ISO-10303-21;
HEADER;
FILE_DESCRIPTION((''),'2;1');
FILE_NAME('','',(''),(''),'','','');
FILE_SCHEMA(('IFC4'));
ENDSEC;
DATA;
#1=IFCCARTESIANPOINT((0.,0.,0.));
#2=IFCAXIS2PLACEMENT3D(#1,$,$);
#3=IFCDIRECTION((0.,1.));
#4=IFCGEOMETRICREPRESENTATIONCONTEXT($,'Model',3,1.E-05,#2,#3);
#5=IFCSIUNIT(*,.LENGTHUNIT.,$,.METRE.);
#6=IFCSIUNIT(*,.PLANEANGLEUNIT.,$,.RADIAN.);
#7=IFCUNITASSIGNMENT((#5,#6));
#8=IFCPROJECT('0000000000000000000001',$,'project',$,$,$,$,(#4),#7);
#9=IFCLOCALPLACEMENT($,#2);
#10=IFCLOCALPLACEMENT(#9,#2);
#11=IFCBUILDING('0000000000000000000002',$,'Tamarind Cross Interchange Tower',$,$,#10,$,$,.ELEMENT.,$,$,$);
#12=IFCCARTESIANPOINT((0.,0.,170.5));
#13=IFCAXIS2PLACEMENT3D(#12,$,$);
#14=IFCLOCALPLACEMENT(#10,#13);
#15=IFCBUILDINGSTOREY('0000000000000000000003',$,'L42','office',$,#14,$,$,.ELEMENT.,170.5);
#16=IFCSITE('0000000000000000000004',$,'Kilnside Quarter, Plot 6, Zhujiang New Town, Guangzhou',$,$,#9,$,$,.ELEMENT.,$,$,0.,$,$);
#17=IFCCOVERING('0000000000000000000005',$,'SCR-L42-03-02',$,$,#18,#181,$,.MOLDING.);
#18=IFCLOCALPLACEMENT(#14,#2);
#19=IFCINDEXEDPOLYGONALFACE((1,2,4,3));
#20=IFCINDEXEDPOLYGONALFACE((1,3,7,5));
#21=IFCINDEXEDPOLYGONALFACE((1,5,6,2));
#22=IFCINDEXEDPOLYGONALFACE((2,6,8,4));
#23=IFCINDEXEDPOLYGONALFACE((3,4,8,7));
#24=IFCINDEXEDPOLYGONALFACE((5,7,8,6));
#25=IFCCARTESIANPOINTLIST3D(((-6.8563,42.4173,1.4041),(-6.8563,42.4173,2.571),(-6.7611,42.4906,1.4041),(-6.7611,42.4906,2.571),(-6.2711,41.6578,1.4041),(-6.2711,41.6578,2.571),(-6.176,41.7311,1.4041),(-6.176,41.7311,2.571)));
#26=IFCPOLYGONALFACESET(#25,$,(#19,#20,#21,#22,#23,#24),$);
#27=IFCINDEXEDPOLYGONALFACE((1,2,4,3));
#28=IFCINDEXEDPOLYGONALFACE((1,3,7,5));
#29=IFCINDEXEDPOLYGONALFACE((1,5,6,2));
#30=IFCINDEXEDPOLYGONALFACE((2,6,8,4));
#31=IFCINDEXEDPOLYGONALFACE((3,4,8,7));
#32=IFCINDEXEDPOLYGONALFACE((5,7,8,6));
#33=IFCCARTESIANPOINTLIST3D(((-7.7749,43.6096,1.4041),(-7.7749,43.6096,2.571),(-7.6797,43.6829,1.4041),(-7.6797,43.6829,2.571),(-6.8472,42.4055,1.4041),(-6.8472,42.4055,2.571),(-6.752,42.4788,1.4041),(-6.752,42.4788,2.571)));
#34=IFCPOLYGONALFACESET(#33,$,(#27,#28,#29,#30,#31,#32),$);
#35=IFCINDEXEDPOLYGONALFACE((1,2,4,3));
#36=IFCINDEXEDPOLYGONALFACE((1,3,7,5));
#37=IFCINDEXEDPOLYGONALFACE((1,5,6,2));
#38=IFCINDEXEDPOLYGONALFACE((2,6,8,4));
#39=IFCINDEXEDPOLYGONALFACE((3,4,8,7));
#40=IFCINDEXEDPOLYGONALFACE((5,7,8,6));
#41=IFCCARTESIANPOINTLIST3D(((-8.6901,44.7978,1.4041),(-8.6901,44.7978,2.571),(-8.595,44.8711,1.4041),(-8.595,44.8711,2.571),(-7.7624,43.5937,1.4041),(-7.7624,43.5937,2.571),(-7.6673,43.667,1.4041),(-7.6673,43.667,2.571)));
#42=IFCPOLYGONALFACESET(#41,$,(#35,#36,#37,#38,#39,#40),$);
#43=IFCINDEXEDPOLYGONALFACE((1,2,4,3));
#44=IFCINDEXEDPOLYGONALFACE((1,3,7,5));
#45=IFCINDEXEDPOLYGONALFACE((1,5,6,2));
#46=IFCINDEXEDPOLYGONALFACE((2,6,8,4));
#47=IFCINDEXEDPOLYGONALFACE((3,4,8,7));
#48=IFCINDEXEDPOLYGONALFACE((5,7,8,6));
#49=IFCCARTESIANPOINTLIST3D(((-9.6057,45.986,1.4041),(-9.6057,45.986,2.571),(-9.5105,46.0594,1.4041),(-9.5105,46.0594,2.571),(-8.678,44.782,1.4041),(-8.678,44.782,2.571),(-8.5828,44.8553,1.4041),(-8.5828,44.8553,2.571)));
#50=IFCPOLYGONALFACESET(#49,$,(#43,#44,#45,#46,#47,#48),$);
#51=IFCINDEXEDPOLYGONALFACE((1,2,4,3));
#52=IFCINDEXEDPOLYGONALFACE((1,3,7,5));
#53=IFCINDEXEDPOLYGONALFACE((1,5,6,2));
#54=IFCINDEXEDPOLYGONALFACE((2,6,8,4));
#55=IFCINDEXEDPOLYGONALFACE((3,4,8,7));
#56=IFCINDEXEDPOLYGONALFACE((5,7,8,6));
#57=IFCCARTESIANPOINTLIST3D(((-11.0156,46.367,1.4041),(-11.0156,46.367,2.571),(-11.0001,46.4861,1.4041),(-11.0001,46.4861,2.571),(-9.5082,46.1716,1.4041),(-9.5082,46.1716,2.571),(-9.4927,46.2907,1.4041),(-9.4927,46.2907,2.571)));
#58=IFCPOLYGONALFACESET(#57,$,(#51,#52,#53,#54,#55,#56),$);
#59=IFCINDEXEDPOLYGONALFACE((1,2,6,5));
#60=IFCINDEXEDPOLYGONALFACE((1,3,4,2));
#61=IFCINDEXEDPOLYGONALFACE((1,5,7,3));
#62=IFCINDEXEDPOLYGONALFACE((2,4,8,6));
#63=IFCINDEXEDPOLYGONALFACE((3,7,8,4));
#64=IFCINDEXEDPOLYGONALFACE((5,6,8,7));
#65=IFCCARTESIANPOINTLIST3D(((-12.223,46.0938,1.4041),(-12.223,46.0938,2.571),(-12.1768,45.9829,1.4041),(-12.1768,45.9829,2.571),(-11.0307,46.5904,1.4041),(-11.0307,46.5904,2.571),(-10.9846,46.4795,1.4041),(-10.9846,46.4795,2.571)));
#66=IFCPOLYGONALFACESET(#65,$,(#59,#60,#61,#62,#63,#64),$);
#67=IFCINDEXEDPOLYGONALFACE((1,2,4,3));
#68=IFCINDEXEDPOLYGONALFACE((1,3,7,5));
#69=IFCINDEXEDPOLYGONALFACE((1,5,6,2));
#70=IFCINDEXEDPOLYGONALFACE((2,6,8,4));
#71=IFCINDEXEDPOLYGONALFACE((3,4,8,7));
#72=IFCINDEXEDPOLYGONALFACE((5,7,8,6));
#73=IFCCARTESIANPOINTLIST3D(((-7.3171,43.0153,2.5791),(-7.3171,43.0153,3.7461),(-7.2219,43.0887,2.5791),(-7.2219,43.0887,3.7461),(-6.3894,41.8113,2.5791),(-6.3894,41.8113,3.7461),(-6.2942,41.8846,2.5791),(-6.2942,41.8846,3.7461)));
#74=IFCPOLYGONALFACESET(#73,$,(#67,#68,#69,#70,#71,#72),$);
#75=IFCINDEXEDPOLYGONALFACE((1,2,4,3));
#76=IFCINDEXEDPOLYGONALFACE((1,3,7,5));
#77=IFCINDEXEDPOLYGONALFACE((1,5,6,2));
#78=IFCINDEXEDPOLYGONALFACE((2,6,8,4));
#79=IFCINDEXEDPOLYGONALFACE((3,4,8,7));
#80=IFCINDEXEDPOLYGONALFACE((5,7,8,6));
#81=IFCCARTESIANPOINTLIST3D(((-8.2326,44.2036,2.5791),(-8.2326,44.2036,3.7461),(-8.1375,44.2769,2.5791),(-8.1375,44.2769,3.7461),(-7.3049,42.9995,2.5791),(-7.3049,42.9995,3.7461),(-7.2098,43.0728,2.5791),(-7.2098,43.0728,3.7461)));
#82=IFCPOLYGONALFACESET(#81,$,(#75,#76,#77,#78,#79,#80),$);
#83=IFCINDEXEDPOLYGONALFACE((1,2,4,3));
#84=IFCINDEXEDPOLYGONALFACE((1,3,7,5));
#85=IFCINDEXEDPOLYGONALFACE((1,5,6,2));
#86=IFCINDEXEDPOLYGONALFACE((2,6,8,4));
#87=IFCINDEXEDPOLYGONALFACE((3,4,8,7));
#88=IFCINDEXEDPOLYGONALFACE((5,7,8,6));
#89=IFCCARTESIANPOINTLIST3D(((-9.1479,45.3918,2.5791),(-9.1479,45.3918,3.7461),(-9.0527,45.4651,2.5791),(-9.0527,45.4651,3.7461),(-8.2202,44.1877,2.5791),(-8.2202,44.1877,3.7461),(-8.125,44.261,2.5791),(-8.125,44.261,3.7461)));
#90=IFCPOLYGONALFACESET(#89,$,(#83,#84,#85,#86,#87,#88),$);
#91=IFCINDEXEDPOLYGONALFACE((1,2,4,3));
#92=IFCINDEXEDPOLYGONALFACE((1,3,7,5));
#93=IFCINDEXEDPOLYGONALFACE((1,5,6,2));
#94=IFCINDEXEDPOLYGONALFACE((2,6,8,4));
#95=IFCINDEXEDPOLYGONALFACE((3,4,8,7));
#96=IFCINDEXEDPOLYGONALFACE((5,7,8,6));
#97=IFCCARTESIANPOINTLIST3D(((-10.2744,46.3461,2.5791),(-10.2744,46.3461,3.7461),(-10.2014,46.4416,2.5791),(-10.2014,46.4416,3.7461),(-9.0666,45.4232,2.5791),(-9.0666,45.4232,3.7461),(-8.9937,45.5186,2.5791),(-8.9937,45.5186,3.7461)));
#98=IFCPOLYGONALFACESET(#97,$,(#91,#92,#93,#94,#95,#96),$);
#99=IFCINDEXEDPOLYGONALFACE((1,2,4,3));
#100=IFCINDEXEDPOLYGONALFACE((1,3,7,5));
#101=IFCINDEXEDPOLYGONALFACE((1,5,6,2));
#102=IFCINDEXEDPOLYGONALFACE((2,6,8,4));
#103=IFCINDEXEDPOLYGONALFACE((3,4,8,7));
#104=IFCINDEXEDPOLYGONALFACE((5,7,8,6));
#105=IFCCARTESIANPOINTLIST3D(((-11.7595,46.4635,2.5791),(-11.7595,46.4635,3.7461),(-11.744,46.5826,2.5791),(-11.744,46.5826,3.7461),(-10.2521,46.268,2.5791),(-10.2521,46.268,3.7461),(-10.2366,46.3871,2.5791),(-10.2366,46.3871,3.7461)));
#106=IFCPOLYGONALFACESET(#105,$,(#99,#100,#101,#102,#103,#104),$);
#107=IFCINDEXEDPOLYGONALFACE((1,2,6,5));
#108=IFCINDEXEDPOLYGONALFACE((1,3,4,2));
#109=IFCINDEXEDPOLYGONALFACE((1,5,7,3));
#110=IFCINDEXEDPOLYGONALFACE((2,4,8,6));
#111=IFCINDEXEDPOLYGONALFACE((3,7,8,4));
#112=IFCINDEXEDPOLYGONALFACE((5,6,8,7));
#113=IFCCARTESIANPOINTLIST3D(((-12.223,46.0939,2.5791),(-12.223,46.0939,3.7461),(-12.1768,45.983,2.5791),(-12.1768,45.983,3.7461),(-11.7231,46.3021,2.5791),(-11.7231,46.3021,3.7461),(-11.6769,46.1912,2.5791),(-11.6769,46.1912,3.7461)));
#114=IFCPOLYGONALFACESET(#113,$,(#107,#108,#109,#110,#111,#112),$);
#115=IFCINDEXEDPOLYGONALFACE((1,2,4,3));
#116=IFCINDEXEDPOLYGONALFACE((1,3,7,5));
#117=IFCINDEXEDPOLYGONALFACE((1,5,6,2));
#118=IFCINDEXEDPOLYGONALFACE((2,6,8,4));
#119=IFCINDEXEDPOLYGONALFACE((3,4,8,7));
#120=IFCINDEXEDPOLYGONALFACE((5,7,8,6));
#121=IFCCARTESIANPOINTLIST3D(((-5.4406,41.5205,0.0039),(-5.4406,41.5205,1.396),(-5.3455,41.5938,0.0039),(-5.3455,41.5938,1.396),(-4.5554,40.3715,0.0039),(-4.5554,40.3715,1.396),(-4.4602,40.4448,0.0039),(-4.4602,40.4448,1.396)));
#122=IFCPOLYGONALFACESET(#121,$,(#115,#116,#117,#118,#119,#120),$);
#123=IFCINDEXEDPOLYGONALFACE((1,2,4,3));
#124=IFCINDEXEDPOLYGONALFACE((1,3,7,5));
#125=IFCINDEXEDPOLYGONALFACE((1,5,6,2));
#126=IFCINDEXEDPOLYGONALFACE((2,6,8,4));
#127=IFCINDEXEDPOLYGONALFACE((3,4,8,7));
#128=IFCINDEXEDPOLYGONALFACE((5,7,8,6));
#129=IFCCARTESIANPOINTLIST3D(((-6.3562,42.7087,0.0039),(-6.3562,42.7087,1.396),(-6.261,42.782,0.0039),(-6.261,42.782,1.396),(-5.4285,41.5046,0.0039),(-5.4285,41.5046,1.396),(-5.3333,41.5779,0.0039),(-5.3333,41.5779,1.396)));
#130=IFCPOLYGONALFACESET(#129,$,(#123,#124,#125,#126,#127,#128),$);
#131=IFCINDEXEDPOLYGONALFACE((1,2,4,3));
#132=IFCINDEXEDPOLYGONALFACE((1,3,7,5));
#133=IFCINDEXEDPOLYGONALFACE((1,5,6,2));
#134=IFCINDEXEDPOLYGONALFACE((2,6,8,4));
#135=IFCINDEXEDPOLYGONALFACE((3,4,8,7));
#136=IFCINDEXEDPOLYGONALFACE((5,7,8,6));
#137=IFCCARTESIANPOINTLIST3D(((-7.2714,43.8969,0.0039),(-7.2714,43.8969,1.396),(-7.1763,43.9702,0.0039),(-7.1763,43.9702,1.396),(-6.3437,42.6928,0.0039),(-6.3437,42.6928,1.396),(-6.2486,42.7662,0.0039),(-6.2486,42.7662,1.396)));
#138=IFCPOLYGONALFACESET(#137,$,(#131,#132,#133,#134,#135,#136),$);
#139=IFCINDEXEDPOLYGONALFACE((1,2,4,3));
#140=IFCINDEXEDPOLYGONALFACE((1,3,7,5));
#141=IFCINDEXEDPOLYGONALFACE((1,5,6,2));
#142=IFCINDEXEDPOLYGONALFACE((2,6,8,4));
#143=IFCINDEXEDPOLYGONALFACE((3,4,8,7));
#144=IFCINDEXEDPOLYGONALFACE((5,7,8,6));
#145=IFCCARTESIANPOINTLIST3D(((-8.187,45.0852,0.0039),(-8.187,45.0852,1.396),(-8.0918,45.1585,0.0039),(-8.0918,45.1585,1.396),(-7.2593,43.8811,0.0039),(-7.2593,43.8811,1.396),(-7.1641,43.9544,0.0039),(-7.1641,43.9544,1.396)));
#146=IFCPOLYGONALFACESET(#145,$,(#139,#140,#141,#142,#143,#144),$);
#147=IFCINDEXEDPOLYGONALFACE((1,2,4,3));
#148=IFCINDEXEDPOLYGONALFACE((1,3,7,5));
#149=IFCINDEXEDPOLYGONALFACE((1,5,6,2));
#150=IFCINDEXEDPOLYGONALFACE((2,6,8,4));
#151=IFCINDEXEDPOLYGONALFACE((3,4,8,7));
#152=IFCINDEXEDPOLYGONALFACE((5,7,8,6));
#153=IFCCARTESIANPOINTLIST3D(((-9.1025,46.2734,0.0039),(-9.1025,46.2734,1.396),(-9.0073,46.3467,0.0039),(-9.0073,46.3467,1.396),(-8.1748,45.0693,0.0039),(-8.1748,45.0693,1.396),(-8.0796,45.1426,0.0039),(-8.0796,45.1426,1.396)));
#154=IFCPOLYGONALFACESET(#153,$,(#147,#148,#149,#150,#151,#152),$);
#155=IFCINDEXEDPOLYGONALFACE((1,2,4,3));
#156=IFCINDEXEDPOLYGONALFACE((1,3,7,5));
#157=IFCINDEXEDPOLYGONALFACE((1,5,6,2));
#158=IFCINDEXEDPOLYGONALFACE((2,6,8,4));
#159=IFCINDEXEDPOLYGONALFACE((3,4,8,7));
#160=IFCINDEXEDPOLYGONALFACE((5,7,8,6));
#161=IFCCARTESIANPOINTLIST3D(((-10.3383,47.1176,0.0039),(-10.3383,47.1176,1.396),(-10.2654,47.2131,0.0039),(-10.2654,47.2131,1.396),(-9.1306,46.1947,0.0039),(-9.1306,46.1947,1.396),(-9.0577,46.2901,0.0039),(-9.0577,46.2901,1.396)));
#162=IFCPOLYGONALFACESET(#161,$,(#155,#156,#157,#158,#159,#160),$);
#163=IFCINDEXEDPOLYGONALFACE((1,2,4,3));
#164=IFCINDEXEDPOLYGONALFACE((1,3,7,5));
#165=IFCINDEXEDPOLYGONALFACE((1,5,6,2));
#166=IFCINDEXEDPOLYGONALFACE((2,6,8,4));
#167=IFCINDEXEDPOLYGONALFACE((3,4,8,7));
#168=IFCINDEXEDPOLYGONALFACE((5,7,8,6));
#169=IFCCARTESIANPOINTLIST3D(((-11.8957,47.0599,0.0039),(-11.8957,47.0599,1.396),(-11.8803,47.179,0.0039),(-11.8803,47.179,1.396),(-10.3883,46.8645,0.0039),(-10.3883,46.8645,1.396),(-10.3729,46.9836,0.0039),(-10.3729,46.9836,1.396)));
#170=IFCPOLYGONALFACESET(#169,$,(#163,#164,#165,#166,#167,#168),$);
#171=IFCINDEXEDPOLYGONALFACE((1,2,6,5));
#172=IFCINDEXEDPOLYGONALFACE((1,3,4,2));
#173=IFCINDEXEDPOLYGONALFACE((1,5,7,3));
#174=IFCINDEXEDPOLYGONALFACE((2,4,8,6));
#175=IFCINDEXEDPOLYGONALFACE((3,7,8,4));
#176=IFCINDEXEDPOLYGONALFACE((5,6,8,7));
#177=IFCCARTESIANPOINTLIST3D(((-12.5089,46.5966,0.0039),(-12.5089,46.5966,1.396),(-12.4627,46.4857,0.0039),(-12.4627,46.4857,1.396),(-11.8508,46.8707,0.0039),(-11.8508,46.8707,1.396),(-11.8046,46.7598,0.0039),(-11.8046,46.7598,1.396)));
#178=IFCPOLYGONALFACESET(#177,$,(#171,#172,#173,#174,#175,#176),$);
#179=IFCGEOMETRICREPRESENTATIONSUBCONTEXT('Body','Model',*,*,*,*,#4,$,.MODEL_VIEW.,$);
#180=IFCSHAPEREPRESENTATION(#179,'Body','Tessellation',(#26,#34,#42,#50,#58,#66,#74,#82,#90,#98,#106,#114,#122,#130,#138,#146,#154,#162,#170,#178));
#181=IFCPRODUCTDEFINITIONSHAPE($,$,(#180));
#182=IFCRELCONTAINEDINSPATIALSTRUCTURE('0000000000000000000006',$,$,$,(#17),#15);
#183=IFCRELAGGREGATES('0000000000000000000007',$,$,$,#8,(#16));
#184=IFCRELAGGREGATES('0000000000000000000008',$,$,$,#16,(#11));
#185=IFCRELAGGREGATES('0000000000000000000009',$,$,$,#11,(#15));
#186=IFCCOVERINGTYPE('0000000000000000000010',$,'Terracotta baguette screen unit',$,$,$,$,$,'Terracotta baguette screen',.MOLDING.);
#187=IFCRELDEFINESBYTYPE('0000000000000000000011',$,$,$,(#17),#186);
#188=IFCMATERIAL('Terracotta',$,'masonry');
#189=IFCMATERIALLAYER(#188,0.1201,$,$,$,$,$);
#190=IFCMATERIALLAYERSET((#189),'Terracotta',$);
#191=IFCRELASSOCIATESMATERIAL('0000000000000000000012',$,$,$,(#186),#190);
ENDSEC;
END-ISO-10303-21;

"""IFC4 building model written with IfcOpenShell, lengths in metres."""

from ifc_helpers import new_model, si_unit, direction, frame, origin, origin_2d, place, context, subcontext, project, spatial, rectangle, extrude, material, layer, layer_set, type_object, element, save


model = new_model("IFC4")

# Units and contexts
model_context = context("Model", 3, precision=1e-05, world=origin(), true_north=direction((0.0, 1.0)))
body_context = subcontext(model_context, "Body", "Model", "MODEL_VIEW")
ifc_project = project(units=[si_unit("LENGTHUNIT", "METRE"), si_unit("PLANEANGLEUNIT", "RADIAN")], contexts=[model_context])

# Site, building, storey
site_placement = place(None, origin())
site = spatial("IfcSite", under=ifc_project, at=site_placement, Name="Kilnside Quarter, Plot 6, Zhujiang New Town, Guangzhou", CompositionType="ELEMENT", RefElevation=0.0)
building_placement = place(site_placement, origin())
building = spatial("IfcBuilding", under=site, at=building_placement, Name="Tamarind Cross Interchange Tower", CompositionType="ELEMENT")
storey_placement = place(building_placement, frame((0.0, 0.0, 170.5)))
storey = spatial("IfcBuildingStorey", under=building, at=storey_placement, Name="L42", Description="office", CompositionType="ELEMENT", Elevation=170.5)

# Covering
ifc_material_1 = material(Name="Terracotta", Category="masonry")
ifc_layer_1 = layer(ifc_material_1, 0.1201)
ifc_layer_set_1 = layer_set([ifc_layer_1], Name="Terracotta")
covering_type = type_object("IfcCoveringType", Name="Terracotta baguette screen unit", ElementType="Terracotta baguette screen", PredefinedType="MOLDING", material=ifc_layer_set_1)
covering_1_placement = place(storey_placement, origin())
element("IfcCovering", 1, at=covering_1_placement, inside=storey, type_object=covering_type, Name="SCR-L42-03-02", PredefinedType="MOLDING", context=body_context, shape_type="SweptSolid", body=[
    extrude(rectangle(XDim=0.9587, YDim=0.1201, at=origin_2d()), frame((-6.5161, 42.0742, 1.4041), z_axis=(0.0, 0.0, 1.0), x_axis=(-0.610322, 0.792153, 0.0)), (0.0, 0.0, 1.0), 1.167),
    extrude(rectangle(XDim=1.52, YDim=0.1201, at=origin_2d()), frame((-7.2634, 43.0442, 1.4041), z_axis=(0.0, 0.0, 1.0), x_axis=(-0.610322, 0.792153, 0.0)), (0.0, 0.0, 1.0), 1.167),
    extrude(rectangle(XDim=1.52, YDim=0.1201, at=origin_2d()), frame((-8.1787, 44.2324, 1.4041), z_axis=(0.0, 0.0, 1.0), x_axis=(-0.610322, 0.792153, 0.0)), (0.0, 0.0, 1.0), 1.167),
    extrude(rectangle(XDim=1.52, YDim=0.1201, at=origin_2d()), frame((-9.0942, 45.4207, 1.4041), z_axis=(0.0, 0.0, 1.0), x_axis=(-0.610322, 0.792153, 0.0)), (0.0, 0.0, 1.0), 1.167),
    extrude(rectangle(XDim=1.52, YDim=0.1201, at=origin_2d()), frame((-10.2542, 46.3289, 1.4041), z_axis=(0.0, 0.0, 1.0), x_axis=(-0.9917, 0.128574, 0.0)), (0.0, 0.0, 1.0), 1.167),
    extrude(rectangle(XDim=1.2915, YDim=0.1201, at=origin_2d()), frame((-11.6038, 46.2866, 1.4041), z_axis=(0.0, 0.0, 1.0), x_axis=(-0.923124, -0.384502, 0.0)), (0.0, 0.0, 1.0), 1.167),
    extrude(rectangle(XDim=1.52, YDim=0.1201, at=origin_2d()), frame((-6.8057, 42.45, 2.5791), z_axis=(0.0, 0.0, 1.0), x_axis=(-0.610322, 0.792153, 0.0)), (0.0, 0.0, 1.0), 1.167),
    extrude(rectangle(XDim=1.52, YDim=0.1201, at=origin_2d()), frame((-7.7212, 43.6382, 2.5791), z_axis=(0.0, 0.0, 1.0), x_axis=(-0.610322, 0.792153, 0.0)), (0.0, 0.0, 1.0), 1.167),
    extrude(rectangle(XDim=1.52, YDim=0.1201, at=origin_2d()), frame((-8.6365, 44.8264, 2.5791), z_axis=(0.0, 0.0, 1.0), x_axis=(-0.610322, 0.792153, 0.0)), (0.0, 0.0, 1.0), 1.167),
    extrude(rectangle(XDim=1.52, YDim=0.1201, at=origin_2d()), frame((-9.634, 45.9324, 2.5791), z_axis=(0.0, 0.0, 1.0), x_axis=(-0.79455, 0.607198, 0.0)), (0.0, 0.0, 1.0), 1.167),
    extrude(rectangle(XDim=1.52, YDim=0.1201, at=origin_2d()), frame((-10.998, 46.4253, 2.5791), z_axis=(0.0, 0.0, 1.0), x_axis=(-0.9917, 0.128574, 0.0)), (0.0, 0.0, 1.0), 1.167),
    extrude(rectangle(XDim=0.5415, YDim=0.1201, at=origin_2d()), frame((-11.95, 46.1426, 2.5791), z_axis=(0.0, 0.0, 1.0), x_axis=(-0.923124, -0.384502, 0.0)), (0.0, 0.0, 1.0), 1.167),
    extrude(rectangle(XDim=1.4504, YDim=0.1201, at=origin_2d()), frame((-4.9504, 40.9827, 0.0039), z_axis=(0.0, 0.0, 1.0), x_axis=(-0.610322, 0.792153, 0.0)), (0.0, 0.0, 1.0), 1.3921),
    extrude(rectangle(XDim=1.52, YDim=0.1201, at=origin_2d()), frame((-5.8447, 42.1433, 0.0039), z_axis=(0.0, 0.0, 1.0), x_axis=(-0.610322, 0.792153, 0.0)), (0.0, 0.0, 1.0), 1.3921),
    extrude(rectangle(XDim=1.52, YDim=0.1201, at=origin_2d()), frame((-6.76, 43.3315, 0.0039), z_axis=(0.0, 0.0, 1.0), x_axis=(-0.610322, 0.792153, 0.0)), (0.0, 0.0, 1.0), 1.3921),
    extrude(rectangle(XDim=1.52, YDim=0.1201, at=origin_2d()), frame((-7.6755, 44.5198, 0.0039), z_axis=(0.0, 0.0, 1.0), x_axis=(-0.610322, 0.792153, 0.0)), (0.0, 0.0, 1.0), 1.3921),
    extrude(rectangle(XDim=1.52, YDim=0.1201, at=origin_2d()), frame((-8.5911, 45.708, 0.0039), z_axis=(0.0, 0.0, 1.0), x_axis=(-0.610322, 0.792153, 0.0)), (0.0, 0.0, 1.0), 1.3921),
    extrude(rectangle(XDim=1.52, YDim=0.1201, at=origin_2d()), frame((-9.698, 46.7039, 0.0039), z_axis=(0.0, 0.0, 1.0), x_axis=(-0.79455, 0.607198, 0.0)), (0.0, 0.0, 1.0), 1.3921),
    extrude(rectangle(XDim=1.52, YDim=0.1201, at=origin_2d()), frame((-11.1343, 47.0217, 0.0039), z_axis=(0.0, 0.0, 1.0), x_axis=(-0.9917, 0.128574, 0.0)), (0.0, 0.0, 1.0), 1.3921),
    extrude(rectangle(XDim=0.7129, YDim=0.1201, at=origin_2d()), frame((-12.1567, 46.6782, 0.0039), z_axis=(0.0, 0.0, 1.0), x_axis=(-0.923124, -0.384502, 0.0)), (0.0, 0.0, 1.0), 1.3921),
])

save(model, "model.ifc")
